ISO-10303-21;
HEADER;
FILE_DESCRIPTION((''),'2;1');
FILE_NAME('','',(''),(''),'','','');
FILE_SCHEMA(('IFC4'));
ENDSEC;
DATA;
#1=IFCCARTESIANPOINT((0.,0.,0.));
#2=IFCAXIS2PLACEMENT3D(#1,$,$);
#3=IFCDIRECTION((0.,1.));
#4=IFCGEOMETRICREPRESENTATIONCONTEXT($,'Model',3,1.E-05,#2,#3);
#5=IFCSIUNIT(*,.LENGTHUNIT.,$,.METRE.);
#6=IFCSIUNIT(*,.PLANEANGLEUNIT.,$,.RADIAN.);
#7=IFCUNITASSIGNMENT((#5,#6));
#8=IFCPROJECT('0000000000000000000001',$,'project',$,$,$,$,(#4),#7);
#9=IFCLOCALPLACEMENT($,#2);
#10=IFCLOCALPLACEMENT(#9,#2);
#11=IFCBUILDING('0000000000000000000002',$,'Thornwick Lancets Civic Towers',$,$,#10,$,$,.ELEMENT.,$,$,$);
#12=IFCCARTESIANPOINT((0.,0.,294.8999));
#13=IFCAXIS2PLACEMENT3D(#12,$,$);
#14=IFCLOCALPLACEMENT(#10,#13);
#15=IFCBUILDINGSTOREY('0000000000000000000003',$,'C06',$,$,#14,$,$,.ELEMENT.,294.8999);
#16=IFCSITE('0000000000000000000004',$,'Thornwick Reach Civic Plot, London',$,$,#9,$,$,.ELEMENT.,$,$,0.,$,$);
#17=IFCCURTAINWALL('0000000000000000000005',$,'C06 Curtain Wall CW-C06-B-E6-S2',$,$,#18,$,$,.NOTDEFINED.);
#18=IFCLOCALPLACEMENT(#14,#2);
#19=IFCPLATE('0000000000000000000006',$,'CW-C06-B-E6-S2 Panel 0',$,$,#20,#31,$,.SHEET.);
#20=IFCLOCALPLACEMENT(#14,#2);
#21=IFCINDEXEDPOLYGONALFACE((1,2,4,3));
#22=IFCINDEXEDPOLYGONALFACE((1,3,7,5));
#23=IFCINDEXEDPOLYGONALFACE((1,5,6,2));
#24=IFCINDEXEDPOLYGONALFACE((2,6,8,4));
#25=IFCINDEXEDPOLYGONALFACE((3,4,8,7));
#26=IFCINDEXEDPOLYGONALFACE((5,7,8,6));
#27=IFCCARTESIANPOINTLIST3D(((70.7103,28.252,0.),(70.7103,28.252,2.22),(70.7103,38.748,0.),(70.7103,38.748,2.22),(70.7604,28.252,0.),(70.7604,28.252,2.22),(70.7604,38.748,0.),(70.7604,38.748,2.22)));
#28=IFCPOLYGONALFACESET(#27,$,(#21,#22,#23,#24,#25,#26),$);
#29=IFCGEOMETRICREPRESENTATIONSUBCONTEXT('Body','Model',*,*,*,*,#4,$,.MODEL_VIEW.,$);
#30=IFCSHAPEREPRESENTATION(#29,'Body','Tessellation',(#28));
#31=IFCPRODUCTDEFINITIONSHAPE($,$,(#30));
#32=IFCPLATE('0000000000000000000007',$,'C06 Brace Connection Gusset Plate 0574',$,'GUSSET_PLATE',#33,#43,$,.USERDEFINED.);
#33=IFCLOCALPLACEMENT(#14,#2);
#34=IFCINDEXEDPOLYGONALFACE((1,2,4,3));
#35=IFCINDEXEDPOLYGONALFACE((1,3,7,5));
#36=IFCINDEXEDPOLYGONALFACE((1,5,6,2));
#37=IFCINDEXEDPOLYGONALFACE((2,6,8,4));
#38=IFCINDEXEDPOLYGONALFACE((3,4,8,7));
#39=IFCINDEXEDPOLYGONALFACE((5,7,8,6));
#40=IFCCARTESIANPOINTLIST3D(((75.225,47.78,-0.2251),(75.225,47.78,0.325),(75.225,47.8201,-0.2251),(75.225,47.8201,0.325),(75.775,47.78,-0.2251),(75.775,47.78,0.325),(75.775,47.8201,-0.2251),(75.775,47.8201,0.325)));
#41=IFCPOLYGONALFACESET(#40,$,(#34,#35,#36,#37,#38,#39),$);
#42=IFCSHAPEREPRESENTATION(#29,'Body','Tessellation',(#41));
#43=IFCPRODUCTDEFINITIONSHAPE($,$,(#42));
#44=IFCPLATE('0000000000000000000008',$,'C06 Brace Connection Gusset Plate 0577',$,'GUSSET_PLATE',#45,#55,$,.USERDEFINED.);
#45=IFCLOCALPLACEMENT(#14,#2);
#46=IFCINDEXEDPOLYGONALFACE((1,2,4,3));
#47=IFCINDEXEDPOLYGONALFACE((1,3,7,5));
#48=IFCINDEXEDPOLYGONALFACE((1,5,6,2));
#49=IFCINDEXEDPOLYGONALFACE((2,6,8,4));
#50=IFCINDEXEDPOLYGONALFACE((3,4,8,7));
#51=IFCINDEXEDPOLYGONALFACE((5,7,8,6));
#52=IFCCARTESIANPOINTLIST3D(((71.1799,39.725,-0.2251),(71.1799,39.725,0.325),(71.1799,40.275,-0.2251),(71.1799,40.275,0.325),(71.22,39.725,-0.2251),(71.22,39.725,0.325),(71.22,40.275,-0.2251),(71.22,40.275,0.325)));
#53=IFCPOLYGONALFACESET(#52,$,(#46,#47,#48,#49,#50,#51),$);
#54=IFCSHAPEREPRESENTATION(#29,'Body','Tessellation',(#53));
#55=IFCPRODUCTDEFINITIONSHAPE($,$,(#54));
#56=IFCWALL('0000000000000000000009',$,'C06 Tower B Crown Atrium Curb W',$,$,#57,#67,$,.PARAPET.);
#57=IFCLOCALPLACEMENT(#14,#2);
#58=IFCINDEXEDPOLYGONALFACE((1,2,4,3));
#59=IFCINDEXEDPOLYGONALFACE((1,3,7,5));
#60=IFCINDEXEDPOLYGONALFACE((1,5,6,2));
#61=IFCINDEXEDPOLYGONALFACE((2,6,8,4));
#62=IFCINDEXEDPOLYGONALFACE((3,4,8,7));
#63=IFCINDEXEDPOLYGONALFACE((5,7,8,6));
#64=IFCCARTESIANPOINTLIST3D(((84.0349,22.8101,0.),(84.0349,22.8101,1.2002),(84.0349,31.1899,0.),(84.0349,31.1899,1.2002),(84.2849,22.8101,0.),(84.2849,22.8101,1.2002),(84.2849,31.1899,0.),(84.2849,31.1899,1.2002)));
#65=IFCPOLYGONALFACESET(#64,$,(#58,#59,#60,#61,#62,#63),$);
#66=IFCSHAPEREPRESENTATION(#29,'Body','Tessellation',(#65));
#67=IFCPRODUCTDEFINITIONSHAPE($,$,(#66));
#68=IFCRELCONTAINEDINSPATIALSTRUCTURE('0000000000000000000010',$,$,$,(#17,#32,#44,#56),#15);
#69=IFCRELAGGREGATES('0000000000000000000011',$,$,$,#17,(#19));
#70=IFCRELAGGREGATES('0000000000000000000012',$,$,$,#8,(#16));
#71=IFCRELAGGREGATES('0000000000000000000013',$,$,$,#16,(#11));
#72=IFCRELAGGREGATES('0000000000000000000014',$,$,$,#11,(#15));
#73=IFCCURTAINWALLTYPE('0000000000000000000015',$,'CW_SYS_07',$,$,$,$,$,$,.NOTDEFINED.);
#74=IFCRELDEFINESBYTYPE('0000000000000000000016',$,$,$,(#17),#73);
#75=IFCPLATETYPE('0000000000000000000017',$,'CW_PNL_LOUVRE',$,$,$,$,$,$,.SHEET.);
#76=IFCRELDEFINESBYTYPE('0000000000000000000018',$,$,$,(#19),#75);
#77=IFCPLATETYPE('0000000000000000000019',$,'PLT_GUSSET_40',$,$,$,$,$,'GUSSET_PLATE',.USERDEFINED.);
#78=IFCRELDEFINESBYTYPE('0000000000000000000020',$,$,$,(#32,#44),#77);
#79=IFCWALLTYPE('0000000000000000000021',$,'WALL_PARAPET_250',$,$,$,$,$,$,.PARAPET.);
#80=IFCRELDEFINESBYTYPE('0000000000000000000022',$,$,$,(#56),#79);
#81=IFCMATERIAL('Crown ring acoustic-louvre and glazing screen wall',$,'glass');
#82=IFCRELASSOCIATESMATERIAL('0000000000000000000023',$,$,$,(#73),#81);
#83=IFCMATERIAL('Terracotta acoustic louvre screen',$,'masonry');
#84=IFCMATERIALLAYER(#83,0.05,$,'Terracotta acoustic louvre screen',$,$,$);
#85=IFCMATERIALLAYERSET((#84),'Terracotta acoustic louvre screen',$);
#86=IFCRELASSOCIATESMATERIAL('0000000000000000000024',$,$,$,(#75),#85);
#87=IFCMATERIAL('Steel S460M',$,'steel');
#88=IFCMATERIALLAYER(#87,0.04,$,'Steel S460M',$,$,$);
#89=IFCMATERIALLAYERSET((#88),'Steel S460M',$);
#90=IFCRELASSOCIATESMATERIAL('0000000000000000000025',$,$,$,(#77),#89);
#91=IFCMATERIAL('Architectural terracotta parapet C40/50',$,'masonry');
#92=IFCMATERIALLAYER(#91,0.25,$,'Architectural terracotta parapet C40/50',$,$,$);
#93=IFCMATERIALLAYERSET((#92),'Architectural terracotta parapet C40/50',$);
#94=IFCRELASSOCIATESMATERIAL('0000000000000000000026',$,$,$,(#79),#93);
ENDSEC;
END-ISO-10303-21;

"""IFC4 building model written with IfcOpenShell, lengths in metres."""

from ifc_helpers import new_model, si_unit, direction, frame, frame_2d, origin, origin_2d, place, context, subcontext, project, spatial, rectangle, extrude, material, layer, layer_set, type_object, element, aggregate, save


model = new_model("IFC4")

# Units and contexts
model_context = context("Model", 3, precision=1e-05, world=origin(), true_north=direction((0.0, 1.0)))
body_context = subcontext(model_context, "Body", "Model", "MODEL_VIEW")
ifc_project = project(units=[si_unit("LENGTHUNIT", "METRE"), si_unit("PLANEANGLEUNIT", "RADIAN")], contexts=[model_context])

# Site, building, storey
site_placement = place(None, origin())
site = spatial("IfcSite", under=ifc_project, at=site_placement, Name="Thornwick Reach Civic Plot, London", CompositionType="ELEMENT", RefElevation=0.0)
building_placement = place(site_placement, origin())
building = spatial("IfcBuilding", under=site, at=building_placement, Name="Thornwick Lancets Civic Towers", CompositionType="ELEMENT")
storey_placement = place(building_placement, frame((0.0, 0.0, 294.8999)))
storey = spatial("IfcBuildingStorey", under=building, at=storey_placement, Name="C06", CompositionType="ELEMENT", Elevation=294.8999)

# Curtain wall
ifc_material_1 = material(Name="Crown ring acoustic-louvre and glazing screen wall", Category="glass")
curtain_wall_type = type_object("IfcCurtainWallType", Name="CW_SYS_07", PredefinedType="NOTDEFINED", material=ifc_material_1)
curtain_wall_1_placement = place(storey_placement, origin())
curtain_wall_1 = element("IfcCurtainWall", 1, at=curtain_wall_1_placement, inside=storey, type_object=curtain_wall_type, Name="C06 Curtain Wall CW-C06-B-E6-S2", PredefinedType="NOTDEFINED")

# Shared definitions
ifc_material_2 = material(Name="Terracotta acoustic louvre screen", Category="masonry")
ifc_layer_1 = layer(ifc_material_2, 0.05, Name="Terracotta acoustic louvre screen")
ifc_layer_set_1 = layer_set([ifc_layer_1], Name="Terracotta acoustic louvre screen")
plate_type_1 = type_object("IfcPlateType", Name="CW_PNL_LOUVRE", PredefinedType="SHEET", material=ifc_layer_set_1)

# Plate
plate_1_placement = place(storey_placement, frame((70.7354, 33.5, 0.0), z_axis=(0.0, 0.0, 1.0), x_axis=(0.0, -1.0, 0.0)))
plate_1 = element("IfcPlate", 2, at=plate_1_placement, type_object=plate_type_1, Name="CW-C06-B-E6-S2 Panel 0", PredefinedType="SHEET", context=body_context, shape_type="SweptSolid", body=[
    extrude(rectangle(XDim=10.4961, YDim=0.05, at=origin_2d()), origin(), (0.0, 0.0, 1.0), 2.22),
])
aggregate(curtain_wall_1, [plate_1])

# Plates
ifc_material_3 = material(Name="Steel S460M", Category="steel")
ifc_layer_2 = layer(ifc_material_3, 0.04, Name="Steel S460M")
ifc_layer_set_2 = layer_set([ifc_layer_2], Name="Steel S460M")
plate_type_2 = type_object("IfcPlateType", Name="PLT_GUSSET_40", ElementType="GUSSET_PLATE", PredefinedType="USERDEFINED", material=ifc_layer_set_2)
for number, where, z_axis, x_axis, name in (
    (3, (75.5, 47.8, -0.2251), (0.0, 0.0, 1.0), (1.0, 0.0, 0.0), "C06 Brace Connection Gusset Plate 0574"),
    (4, (71.2, 40.0, -0.2251), (0.0, 0.0, 1.0), (0.0, -1.0, 0.0), "C06 Brace Connection Gusset Plate 0577"),
):
    element("IfcPlate", number, at=place(storey_placement, frame(where, z_axis=z_axis, x_axis=x_axis)), inside=storey, type_object=plate_type_2, Name=name, ObjectType="GUSSET_PLATE", PredefinedType="USERDEFINED", context=body_context, shape_type="SweptSolid", body=[
        extrude(rectangle(XDim=0.55, YDim=0.04, at=origin_2d()), origin(), (0.0, 0.0, 1.0), 0.55),
    ])

# Wall
ifc_material_4 = material(Name="Architectural terracotta parapet C40/50", Category="masonry")
ifc_layer_3 = layer(ifc_material_4, 0.25, Name="Architectural terracotta parapet C40/50")
ifc_layer_set_3 = layer_set([ifc_layer_3], Name="Architectural terracotta parapet C40/50")
wall_type = type_object("IfcWallType", Name="WALL_PARAPET_250", PredefinedType="PARAPET", material=ifc_layer_set_3)
wall_placement = place(storey_placement, frame((84.1599, 31.1899, 0.0), z_axis=(0.0, 0.0, 1.0), x_axis=(0.0, -1.0, 0.0)))
element("IfcWall", 5, at=wall_placement, inside=storey, type_object=wall_type, Name="C06 Tower B Crown Atrium Curb W", PredefinedType="PARAPET", context=body_context, shape_type="SweptSolid", body=[
    extrude(rectangle(XDim=8.3799, YDim=0.25, at=frame_2d((4.1899, 0.0))), origin(), (0.0, 0.0, 1.0), 1.2002),
])

save(model, "model.ifc")
